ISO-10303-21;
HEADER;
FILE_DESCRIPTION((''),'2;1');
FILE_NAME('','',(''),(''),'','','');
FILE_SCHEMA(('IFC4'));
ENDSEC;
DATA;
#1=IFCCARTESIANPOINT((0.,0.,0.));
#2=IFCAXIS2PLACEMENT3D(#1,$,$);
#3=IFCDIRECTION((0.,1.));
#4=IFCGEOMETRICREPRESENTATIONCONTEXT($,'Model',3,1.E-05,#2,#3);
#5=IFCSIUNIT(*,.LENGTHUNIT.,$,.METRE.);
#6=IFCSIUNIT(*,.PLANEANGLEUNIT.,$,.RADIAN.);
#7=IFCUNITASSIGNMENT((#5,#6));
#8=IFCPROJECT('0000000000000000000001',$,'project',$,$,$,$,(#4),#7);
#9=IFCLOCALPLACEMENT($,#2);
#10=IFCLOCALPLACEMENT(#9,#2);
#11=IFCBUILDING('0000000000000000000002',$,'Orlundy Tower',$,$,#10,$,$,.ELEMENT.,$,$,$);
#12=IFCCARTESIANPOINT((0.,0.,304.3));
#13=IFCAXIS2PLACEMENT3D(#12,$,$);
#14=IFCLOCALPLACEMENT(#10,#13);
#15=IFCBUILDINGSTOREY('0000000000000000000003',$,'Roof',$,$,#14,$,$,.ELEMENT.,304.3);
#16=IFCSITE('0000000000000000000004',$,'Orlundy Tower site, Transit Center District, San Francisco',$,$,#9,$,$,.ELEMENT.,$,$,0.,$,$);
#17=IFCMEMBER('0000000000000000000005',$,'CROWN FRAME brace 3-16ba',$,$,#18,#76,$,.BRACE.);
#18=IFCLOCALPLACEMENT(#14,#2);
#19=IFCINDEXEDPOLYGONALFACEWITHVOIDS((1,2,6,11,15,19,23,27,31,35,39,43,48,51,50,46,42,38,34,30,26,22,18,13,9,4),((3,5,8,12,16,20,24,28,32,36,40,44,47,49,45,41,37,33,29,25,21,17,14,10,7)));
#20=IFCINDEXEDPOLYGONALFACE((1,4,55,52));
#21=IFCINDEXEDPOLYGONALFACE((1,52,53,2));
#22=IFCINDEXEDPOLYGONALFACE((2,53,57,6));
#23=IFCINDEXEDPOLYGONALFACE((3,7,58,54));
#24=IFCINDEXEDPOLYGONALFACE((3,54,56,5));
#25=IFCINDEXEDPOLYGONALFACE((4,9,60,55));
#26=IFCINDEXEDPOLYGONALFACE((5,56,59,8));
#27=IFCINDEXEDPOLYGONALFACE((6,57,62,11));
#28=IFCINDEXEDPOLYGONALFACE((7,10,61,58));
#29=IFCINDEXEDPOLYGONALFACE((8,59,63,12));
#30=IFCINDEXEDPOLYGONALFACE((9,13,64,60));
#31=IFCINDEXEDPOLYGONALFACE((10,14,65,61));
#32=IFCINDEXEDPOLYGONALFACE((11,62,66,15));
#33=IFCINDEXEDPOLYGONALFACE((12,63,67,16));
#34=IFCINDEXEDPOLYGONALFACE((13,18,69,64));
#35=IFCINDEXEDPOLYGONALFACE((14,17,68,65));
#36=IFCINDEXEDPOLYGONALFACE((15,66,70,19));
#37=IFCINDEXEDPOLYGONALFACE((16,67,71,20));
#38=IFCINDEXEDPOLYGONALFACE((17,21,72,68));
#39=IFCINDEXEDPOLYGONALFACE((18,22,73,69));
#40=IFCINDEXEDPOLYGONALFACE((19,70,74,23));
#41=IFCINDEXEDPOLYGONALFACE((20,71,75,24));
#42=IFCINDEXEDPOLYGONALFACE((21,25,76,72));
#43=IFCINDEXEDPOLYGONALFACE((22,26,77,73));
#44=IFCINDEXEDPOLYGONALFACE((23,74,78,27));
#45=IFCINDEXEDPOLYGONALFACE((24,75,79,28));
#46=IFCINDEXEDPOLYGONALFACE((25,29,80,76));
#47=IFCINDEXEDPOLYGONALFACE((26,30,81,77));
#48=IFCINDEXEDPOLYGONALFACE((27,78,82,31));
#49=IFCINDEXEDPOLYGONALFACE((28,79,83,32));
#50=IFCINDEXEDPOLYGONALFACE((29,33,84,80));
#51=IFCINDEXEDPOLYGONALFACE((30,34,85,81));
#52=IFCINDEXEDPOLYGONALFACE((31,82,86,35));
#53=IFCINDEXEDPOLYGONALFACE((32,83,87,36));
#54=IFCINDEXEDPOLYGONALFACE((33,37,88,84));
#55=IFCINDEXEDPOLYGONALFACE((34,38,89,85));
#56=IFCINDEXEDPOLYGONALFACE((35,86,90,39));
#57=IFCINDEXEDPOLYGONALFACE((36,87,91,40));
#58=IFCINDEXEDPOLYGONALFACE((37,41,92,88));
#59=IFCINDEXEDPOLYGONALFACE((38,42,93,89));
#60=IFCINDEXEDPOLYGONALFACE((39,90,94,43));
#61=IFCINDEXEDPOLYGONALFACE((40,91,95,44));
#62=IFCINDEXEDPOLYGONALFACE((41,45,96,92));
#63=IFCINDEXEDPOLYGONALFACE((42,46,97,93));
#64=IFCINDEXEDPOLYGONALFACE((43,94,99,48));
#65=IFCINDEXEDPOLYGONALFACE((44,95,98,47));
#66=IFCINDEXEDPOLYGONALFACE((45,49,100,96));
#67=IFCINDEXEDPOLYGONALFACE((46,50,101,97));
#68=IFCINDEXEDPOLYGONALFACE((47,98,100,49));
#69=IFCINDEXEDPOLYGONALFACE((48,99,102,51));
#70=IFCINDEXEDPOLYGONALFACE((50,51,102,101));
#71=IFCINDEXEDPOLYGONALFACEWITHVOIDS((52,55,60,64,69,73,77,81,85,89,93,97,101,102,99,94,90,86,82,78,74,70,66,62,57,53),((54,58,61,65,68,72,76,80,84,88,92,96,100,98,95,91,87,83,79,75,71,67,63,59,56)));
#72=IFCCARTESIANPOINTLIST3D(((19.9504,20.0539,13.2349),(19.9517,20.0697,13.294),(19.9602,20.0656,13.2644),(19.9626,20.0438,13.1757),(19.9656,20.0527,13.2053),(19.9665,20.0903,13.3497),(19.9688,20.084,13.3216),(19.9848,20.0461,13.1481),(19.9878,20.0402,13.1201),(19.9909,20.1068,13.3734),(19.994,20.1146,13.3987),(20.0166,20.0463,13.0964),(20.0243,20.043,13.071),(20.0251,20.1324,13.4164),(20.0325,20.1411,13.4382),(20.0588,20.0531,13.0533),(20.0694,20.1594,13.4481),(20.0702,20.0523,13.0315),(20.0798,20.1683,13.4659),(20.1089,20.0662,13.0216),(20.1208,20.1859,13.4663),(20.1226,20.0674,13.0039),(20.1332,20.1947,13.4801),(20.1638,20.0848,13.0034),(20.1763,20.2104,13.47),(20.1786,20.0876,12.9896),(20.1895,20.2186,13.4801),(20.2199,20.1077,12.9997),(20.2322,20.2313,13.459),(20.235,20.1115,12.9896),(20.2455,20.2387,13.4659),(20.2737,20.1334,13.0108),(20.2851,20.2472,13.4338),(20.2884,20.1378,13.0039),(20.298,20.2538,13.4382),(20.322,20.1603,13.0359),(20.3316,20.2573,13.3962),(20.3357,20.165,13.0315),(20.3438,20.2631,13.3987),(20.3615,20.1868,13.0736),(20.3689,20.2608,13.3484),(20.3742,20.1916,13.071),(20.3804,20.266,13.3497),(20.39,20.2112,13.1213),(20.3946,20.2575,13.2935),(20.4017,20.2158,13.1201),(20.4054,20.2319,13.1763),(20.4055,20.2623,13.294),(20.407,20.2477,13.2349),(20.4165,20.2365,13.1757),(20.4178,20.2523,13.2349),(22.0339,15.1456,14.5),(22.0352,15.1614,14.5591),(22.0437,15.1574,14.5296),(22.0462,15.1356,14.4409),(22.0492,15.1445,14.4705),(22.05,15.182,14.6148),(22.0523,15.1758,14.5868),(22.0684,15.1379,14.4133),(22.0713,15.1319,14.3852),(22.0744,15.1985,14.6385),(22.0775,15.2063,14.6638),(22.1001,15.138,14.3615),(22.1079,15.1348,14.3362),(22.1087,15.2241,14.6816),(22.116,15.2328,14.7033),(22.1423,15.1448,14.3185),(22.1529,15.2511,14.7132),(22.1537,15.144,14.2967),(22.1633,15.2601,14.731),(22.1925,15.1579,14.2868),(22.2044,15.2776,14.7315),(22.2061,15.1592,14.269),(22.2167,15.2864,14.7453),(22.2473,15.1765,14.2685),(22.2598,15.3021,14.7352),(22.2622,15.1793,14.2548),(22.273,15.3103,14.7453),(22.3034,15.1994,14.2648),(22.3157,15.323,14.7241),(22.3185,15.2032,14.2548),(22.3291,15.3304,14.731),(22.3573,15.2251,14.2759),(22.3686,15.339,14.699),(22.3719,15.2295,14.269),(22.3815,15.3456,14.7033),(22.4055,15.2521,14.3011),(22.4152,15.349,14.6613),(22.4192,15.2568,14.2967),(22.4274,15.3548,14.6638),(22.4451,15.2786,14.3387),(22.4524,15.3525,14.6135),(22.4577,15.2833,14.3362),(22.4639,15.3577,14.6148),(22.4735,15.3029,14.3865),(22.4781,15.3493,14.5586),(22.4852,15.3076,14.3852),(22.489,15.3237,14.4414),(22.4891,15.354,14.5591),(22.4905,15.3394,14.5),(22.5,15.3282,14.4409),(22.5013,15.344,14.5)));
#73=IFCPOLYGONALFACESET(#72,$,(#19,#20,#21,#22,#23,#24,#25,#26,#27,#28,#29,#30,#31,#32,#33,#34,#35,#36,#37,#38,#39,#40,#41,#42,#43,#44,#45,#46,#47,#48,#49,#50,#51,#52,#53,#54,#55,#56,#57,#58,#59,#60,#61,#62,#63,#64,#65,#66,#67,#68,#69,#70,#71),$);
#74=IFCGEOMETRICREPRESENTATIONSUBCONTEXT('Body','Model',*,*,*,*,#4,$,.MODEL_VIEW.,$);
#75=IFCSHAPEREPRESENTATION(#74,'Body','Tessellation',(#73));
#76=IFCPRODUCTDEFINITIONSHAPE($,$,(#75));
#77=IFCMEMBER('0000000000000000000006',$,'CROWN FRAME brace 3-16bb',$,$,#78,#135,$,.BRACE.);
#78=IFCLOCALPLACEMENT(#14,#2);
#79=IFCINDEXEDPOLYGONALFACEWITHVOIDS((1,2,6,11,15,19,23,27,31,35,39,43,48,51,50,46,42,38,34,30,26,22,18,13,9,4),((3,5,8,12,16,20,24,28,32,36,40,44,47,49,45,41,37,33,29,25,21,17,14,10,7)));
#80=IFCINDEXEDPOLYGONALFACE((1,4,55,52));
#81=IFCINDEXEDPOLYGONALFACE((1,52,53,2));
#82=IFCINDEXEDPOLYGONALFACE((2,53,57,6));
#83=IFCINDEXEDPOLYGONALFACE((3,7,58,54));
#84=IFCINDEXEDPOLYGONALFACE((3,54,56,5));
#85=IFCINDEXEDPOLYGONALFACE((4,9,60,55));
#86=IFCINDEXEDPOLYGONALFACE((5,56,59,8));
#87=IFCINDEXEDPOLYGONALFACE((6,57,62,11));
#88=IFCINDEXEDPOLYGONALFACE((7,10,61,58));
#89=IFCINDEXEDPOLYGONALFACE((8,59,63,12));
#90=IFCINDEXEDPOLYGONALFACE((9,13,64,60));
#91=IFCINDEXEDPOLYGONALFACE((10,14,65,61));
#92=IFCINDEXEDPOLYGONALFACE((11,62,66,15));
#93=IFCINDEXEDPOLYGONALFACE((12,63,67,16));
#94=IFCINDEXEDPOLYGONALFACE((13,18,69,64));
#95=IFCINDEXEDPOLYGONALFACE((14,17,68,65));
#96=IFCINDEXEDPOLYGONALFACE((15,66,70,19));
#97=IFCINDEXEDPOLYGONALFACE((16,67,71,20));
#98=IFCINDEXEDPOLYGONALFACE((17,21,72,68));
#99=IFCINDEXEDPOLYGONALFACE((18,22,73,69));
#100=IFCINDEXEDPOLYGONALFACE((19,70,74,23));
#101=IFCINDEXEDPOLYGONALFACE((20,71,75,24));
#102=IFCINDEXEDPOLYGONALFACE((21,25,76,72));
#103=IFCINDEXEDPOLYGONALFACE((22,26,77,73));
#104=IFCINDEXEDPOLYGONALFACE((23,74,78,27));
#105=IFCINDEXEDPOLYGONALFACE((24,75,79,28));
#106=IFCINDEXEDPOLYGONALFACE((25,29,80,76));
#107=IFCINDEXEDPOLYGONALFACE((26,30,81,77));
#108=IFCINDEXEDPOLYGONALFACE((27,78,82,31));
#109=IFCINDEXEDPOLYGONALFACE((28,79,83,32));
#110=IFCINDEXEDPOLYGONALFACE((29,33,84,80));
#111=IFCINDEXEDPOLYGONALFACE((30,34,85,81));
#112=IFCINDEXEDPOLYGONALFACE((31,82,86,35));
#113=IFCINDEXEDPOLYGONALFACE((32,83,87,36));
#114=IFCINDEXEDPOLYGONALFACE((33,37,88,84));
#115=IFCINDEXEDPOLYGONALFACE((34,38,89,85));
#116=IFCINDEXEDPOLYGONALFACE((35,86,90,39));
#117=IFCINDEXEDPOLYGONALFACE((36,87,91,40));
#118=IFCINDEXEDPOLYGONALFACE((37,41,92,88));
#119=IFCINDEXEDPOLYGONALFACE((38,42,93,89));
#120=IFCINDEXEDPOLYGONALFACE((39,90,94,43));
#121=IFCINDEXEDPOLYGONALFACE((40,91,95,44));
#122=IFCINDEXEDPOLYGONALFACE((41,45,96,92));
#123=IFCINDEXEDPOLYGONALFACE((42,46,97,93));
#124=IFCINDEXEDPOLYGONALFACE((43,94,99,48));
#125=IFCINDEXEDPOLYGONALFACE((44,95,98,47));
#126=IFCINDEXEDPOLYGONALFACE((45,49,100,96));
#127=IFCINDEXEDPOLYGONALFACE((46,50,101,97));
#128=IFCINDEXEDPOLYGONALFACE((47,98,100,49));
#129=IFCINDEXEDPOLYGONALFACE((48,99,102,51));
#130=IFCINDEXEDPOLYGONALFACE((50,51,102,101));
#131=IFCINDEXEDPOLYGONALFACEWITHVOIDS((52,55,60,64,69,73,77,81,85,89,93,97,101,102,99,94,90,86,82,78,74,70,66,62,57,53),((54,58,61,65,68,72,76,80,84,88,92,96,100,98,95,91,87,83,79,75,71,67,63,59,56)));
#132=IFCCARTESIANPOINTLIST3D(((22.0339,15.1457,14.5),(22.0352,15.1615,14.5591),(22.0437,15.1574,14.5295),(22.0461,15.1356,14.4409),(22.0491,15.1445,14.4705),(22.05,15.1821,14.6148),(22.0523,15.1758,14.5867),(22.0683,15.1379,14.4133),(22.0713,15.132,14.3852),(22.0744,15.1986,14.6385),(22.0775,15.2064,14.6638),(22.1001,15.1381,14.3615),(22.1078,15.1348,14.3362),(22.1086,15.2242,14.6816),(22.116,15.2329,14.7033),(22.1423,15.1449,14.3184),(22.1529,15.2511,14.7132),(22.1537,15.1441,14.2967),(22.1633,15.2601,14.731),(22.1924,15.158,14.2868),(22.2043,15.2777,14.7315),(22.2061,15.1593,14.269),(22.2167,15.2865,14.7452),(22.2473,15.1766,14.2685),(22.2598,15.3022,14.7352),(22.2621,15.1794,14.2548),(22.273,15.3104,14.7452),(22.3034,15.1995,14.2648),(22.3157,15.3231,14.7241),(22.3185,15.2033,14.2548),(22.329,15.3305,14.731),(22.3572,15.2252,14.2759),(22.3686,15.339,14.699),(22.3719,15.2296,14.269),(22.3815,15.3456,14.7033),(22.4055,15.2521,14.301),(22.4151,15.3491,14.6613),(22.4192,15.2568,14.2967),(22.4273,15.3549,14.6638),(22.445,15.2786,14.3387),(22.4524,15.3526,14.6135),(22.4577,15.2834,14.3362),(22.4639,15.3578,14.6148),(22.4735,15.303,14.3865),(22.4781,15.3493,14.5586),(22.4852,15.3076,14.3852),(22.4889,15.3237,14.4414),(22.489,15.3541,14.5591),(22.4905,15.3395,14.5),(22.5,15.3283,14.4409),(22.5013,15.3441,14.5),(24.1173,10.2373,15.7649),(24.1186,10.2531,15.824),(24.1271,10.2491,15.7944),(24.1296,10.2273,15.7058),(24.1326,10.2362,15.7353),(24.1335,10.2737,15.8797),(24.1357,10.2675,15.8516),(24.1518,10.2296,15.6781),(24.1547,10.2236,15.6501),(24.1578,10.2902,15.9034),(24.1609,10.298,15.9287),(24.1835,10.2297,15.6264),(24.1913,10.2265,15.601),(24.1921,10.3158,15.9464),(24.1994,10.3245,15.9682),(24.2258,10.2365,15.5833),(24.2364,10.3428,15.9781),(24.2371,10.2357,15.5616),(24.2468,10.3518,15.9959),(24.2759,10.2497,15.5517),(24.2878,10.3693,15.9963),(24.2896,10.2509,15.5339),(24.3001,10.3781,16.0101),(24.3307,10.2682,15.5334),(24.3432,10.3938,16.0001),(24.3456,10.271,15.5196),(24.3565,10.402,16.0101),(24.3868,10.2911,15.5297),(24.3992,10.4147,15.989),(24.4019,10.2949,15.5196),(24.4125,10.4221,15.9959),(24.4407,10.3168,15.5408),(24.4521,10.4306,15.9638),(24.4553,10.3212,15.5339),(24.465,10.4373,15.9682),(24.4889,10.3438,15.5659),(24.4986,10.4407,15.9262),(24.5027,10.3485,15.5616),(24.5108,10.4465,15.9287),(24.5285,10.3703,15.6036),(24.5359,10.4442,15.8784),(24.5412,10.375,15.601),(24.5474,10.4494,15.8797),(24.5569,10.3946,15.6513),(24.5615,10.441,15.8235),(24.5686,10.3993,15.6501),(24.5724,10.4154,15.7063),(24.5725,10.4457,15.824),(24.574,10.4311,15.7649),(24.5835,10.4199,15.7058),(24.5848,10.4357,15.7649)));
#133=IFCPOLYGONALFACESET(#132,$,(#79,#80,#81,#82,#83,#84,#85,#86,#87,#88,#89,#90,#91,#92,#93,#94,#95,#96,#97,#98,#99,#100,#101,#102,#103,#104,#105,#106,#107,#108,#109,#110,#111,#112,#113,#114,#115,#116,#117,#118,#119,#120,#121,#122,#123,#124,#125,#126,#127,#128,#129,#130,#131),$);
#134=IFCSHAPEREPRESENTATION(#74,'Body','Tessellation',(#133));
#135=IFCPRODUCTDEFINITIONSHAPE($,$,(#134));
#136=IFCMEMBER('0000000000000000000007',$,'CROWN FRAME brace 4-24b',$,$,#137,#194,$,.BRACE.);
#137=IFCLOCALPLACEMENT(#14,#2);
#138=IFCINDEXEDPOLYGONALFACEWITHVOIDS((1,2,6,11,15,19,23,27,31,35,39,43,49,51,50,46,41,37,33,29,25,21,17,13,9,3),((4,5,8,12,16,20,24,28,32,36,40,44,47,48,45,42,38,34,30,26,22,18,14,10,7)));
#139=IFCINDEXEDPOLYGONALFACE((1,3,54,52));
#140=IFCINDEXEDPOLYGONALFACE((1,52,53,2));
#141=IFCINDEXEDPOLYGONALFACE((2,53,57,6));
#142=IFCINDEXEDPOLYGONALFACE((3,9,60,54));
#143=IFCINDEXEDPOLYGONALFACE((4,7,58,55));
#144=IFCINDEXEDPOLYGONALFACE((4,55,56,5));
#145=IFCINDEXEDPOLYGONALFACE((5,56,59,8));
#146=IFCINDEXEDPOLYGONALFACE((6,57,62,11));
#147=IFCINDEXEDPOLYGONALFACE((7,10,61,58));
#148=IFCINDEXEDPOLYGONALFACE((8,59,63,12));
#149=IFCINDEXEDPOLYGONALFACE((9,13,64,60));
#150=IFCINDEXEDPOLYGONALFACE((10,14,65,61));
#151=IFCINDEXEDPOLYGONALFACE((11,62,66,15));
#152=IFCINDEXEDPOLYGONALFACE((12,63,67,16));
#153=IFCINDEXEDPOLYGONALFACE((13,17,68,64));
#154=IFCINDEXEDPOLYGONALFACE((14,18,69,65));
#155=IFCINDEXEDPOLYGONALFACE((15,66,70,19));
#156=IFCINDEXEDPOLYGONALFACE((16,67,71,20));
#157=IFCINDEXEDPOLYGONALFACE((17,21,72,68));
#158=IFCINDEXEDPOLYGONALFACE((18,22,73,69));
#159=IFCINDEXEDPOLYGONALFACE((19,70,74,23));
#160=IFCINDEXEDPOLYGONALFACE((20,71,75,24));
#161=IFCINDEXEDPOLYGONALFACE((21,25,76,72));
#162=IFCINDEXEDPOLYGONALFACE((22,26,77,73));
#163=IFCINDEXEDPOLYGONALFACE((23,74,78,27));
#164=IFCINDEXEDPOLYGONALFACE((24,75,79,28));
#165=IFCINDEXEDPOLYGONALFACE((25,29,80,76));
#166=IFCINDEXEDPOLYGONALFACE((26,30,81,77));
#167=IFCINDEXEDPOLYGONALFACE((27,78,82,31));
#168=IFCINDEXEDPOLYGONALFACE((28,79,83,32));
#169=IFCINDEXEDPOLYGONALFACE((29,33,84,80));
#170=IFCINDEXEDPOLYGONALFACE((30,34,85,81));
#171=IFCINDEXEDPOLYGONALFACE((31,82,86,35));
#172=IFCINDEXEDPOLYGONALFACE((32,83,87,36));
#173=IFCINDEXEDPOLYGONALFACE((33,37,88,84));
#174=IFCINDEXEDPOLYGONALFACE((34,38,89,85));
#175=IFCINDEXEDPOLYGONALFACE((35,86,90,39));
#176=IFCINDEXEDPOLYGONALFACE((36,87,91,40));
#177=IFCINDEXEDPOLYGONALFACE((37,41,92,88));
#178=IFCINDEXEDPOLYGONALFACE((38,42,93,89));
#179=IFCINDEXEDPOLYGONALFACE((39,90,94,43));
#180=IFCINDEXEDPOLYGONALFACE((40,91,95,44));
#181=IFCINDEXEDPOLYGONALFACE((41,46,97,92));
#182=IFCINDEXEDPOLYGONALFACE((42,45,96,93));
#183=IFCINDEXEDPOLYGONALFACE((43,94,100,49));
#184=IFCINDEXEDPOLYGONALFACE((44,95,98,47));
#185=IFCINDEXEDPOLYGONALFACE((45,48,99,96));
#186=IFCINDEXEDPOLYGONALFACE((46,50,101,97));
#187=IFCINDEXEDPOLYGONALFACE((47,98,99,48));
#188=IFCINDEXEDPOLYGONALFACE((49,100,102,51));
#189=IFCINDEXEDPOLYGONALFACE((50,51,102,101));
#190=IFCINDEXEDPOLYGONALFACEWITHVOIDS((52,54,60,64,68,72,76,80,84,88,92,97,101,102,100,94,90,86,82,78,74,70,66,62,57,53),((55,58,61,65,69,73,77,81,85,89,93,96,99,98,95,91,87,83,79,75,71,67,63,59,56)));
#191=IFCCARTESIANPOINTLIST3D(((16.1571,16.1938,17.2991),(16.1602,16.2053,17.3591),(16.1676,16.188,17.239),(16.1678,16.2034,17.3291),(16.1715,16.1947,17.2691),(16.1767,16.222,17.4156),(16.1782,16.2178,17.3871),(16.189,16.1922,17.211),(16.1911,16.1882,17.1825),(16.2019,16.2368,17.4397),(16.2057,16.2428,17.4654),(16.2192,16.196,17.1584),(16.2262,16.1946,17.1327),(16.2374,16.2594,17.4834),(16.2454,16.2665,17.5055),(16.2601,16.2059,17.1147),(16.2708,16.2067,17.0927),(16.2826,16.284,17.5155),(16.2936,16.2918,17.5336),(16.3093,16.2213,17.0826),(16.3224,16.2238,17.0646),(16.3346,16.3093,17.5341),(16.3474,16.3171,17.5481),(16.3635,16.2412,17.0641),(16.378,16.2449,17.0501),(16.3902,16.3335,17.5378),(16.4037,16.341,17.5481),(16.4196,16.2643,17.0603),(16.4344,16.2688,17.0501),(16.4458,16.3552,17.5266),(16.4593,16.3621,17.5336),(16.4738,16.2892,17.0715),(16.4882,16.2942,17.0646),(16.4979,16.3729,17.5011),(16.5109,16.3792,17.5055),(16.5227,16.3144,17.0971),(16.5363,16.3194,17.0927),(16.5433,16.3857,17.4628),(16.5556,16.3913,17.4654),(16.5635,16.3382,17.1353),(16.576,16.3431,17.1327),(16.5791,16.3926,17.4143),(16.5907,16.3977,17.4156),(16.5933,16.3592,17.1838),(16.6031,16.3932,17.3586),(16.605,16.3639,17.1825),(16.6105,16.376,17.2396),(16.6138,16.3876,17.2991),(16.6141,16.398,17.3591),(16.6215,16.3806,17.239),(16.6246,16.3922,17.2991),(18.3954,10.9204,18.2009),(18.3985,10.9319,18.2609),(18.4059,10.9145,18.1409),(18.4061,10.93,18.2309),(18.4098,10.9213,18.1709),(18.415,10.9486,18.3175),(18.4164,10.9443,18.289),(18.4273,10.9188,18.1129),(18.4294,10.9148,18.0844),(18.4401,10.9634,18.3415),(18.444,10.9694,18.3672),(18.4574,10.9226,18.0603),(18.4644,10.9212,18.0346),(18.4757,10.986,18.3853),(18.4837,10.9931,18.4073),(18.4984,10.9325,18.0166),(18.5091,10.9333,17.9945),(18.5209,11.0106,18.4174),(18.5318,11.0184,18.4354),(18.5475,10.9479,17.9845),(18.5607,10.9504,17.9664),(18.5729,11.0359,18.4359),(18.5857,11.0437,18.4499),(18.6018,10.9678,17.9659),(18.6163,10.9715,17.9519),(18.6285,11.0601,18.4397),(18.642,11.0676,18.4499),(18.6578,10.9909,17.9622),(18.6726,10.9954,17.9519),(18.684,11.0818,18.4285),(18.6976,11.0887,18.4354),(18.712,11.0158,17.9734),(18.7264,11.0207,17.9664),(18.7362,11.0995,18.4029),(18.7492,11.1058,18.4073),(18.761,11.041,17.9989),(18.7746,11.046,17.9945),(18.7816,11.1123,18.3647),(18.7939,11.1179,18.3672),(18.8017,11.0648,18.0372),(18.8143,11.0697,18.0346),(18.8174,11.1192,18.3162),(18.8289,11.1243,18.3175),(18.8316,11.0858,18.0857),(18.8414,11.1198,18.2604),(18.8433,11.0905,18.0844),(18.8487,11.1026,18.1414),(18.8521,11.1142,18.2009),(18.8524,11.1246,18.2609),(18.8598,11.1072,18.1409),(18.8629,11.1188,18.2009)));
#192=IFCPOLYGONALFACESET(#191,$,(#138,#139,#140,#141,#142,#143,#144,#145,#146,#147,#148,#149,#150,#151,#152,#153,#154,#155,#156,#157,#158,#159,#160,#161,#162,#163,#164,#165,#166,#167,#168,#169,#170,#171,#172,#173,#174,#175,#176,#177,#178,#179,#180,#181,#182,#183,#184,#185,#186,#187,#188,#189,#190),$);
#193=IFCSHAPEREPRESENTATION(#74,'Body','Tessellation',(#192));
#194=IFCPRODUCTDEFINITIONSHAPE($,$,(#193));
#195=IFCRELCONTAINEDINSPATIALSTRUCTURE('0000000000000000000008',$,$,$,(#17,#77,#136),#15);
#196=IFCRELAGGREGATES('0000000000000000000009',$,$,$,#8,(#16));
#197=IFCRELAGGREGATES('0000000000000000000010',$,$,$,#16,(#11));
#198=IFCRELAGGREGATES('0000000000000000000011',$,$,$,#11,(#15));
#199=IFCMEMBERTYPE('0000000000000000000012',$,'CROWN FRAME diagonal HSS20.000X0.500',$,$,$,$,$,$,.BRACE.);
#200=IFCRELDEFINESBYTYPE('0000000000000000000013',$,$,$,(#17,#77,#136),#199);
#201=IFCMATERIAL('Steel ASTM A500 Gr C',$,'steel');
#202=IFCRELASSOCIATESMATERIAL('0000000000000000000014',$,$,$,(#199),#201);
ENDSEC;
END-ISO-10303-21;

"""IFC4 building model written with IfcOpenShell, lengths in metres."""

from ifc_helpers import new_model, si_unit, direction, frame, origin, origin_2d, place, context, subcontext, project, spatial, hollow_circle, extrude, material, material_profile, profile_set, type_object, element, save


model = new_model("IFC4")

# Units and contexts
model_context = context("Model", 3, precision=1e-05, world=origin(), true_north=direction((0.0, 1.0)))
body_context = subcontext(model_context, "Body", "Model", "MODEL_VIEW")
ifc_project = project(units=[si_unit("LENGTHUNIT", "METRE"), si_unit("PLANEANGLEUNIT", "RADIAN")], contexts=[model_context])

# Site, building, storey
site_placement = place(None, origin())
site = spatial("IfcSite", under=ifc_project, at=site_placement, Name="Orlundy Tower site, Transit Center District, San Francisco", CompositionType="ELEMENT", RefElevation=0.0)
building_placement = place(site_placement, origin())
building = spatial("IfcBuilding", under=site, at=building_placement, Name="Orlundy Tower", CompositionType="ELEMENT")
storey_placement = place(building_placement, frame((0.0, 0.0, 304.3)))
storey = spatial("IfcBuildingStorey", under=building, at=storey_placement, Name="Roof", CompositionType="ELEMENT", Elevation=304.3)

# Members
ifc_material_1 = material(Name="Steel ASTM A500 Gr C", Category="steel")
ifc_material_profile_1 = material_profile(ifc_material_1, hollow_circle(Radius=0.2539, WallThickness=0.0117, at=origin_2d()), Name="HSS20.000X0.500")
ifc_profile_set_1 = profile_set([ifc_material_profile_1], Name="Steel ASTM A500 Gr C")
member_type_1 = type_object("IfcMemberType", Name="CROWN FRAME diagonal HSS20.000X0.500", PredefinedType="BRACE", material=ifc_profile_set_1)
for number, where, z_axis, x_axis, name in (
    (1, (20.1841, 20.1531, 13.2349), (0.38019, -0.895634, 0.230858), (0.920499, 0.390745, 0.0), "CROWN FRAME brace 3-16ba"),
    (2, (22.2676, 15.2449, 14.5), (0.380179, -0.895652, 0.230807), (0.920506, 0.390729, 0.0), "CROWN FRAME brace 3-16bb"),
):
    element("IfcMember", number, at=place(storey_placement, frame(where, z_axis=z_axis, x_axis=x_axis)), inside=storey, type_object=member_type_1, Name=name, PredefinedType="BRACE", context=body_context, shape_type="SweptSolid", body=[
        extrude(hollow_circle(Radius=0.2539, WallThickness=0.0117, at=origin_2d()), origin(), (0.0, 0.0, 1.0), 5.4802),
    ])
member_1_placement = place(storey_placement, frame((16.3909, 16.293, 17.2991), z_axis=(0.385954, -0.909316, 0.15551), x_axis=(0.920515, 0.390707, 0.0)))
element("IfcMember", 3, at=member_1_placement, inside=storey, type_object=member_type_1, Name="CROWN FRAME brace 4-24b", PredefinedType="BRACE", context=body_context, shape_type="SweptSolid", body=[
    extrude(hollow_circle(Radius=0.2539, WallThickness=0.0117, at=origin_2d()), origin(), (0.0, 0.0, 1.0), 5.7993),
])

save(model, "model.ifc")
